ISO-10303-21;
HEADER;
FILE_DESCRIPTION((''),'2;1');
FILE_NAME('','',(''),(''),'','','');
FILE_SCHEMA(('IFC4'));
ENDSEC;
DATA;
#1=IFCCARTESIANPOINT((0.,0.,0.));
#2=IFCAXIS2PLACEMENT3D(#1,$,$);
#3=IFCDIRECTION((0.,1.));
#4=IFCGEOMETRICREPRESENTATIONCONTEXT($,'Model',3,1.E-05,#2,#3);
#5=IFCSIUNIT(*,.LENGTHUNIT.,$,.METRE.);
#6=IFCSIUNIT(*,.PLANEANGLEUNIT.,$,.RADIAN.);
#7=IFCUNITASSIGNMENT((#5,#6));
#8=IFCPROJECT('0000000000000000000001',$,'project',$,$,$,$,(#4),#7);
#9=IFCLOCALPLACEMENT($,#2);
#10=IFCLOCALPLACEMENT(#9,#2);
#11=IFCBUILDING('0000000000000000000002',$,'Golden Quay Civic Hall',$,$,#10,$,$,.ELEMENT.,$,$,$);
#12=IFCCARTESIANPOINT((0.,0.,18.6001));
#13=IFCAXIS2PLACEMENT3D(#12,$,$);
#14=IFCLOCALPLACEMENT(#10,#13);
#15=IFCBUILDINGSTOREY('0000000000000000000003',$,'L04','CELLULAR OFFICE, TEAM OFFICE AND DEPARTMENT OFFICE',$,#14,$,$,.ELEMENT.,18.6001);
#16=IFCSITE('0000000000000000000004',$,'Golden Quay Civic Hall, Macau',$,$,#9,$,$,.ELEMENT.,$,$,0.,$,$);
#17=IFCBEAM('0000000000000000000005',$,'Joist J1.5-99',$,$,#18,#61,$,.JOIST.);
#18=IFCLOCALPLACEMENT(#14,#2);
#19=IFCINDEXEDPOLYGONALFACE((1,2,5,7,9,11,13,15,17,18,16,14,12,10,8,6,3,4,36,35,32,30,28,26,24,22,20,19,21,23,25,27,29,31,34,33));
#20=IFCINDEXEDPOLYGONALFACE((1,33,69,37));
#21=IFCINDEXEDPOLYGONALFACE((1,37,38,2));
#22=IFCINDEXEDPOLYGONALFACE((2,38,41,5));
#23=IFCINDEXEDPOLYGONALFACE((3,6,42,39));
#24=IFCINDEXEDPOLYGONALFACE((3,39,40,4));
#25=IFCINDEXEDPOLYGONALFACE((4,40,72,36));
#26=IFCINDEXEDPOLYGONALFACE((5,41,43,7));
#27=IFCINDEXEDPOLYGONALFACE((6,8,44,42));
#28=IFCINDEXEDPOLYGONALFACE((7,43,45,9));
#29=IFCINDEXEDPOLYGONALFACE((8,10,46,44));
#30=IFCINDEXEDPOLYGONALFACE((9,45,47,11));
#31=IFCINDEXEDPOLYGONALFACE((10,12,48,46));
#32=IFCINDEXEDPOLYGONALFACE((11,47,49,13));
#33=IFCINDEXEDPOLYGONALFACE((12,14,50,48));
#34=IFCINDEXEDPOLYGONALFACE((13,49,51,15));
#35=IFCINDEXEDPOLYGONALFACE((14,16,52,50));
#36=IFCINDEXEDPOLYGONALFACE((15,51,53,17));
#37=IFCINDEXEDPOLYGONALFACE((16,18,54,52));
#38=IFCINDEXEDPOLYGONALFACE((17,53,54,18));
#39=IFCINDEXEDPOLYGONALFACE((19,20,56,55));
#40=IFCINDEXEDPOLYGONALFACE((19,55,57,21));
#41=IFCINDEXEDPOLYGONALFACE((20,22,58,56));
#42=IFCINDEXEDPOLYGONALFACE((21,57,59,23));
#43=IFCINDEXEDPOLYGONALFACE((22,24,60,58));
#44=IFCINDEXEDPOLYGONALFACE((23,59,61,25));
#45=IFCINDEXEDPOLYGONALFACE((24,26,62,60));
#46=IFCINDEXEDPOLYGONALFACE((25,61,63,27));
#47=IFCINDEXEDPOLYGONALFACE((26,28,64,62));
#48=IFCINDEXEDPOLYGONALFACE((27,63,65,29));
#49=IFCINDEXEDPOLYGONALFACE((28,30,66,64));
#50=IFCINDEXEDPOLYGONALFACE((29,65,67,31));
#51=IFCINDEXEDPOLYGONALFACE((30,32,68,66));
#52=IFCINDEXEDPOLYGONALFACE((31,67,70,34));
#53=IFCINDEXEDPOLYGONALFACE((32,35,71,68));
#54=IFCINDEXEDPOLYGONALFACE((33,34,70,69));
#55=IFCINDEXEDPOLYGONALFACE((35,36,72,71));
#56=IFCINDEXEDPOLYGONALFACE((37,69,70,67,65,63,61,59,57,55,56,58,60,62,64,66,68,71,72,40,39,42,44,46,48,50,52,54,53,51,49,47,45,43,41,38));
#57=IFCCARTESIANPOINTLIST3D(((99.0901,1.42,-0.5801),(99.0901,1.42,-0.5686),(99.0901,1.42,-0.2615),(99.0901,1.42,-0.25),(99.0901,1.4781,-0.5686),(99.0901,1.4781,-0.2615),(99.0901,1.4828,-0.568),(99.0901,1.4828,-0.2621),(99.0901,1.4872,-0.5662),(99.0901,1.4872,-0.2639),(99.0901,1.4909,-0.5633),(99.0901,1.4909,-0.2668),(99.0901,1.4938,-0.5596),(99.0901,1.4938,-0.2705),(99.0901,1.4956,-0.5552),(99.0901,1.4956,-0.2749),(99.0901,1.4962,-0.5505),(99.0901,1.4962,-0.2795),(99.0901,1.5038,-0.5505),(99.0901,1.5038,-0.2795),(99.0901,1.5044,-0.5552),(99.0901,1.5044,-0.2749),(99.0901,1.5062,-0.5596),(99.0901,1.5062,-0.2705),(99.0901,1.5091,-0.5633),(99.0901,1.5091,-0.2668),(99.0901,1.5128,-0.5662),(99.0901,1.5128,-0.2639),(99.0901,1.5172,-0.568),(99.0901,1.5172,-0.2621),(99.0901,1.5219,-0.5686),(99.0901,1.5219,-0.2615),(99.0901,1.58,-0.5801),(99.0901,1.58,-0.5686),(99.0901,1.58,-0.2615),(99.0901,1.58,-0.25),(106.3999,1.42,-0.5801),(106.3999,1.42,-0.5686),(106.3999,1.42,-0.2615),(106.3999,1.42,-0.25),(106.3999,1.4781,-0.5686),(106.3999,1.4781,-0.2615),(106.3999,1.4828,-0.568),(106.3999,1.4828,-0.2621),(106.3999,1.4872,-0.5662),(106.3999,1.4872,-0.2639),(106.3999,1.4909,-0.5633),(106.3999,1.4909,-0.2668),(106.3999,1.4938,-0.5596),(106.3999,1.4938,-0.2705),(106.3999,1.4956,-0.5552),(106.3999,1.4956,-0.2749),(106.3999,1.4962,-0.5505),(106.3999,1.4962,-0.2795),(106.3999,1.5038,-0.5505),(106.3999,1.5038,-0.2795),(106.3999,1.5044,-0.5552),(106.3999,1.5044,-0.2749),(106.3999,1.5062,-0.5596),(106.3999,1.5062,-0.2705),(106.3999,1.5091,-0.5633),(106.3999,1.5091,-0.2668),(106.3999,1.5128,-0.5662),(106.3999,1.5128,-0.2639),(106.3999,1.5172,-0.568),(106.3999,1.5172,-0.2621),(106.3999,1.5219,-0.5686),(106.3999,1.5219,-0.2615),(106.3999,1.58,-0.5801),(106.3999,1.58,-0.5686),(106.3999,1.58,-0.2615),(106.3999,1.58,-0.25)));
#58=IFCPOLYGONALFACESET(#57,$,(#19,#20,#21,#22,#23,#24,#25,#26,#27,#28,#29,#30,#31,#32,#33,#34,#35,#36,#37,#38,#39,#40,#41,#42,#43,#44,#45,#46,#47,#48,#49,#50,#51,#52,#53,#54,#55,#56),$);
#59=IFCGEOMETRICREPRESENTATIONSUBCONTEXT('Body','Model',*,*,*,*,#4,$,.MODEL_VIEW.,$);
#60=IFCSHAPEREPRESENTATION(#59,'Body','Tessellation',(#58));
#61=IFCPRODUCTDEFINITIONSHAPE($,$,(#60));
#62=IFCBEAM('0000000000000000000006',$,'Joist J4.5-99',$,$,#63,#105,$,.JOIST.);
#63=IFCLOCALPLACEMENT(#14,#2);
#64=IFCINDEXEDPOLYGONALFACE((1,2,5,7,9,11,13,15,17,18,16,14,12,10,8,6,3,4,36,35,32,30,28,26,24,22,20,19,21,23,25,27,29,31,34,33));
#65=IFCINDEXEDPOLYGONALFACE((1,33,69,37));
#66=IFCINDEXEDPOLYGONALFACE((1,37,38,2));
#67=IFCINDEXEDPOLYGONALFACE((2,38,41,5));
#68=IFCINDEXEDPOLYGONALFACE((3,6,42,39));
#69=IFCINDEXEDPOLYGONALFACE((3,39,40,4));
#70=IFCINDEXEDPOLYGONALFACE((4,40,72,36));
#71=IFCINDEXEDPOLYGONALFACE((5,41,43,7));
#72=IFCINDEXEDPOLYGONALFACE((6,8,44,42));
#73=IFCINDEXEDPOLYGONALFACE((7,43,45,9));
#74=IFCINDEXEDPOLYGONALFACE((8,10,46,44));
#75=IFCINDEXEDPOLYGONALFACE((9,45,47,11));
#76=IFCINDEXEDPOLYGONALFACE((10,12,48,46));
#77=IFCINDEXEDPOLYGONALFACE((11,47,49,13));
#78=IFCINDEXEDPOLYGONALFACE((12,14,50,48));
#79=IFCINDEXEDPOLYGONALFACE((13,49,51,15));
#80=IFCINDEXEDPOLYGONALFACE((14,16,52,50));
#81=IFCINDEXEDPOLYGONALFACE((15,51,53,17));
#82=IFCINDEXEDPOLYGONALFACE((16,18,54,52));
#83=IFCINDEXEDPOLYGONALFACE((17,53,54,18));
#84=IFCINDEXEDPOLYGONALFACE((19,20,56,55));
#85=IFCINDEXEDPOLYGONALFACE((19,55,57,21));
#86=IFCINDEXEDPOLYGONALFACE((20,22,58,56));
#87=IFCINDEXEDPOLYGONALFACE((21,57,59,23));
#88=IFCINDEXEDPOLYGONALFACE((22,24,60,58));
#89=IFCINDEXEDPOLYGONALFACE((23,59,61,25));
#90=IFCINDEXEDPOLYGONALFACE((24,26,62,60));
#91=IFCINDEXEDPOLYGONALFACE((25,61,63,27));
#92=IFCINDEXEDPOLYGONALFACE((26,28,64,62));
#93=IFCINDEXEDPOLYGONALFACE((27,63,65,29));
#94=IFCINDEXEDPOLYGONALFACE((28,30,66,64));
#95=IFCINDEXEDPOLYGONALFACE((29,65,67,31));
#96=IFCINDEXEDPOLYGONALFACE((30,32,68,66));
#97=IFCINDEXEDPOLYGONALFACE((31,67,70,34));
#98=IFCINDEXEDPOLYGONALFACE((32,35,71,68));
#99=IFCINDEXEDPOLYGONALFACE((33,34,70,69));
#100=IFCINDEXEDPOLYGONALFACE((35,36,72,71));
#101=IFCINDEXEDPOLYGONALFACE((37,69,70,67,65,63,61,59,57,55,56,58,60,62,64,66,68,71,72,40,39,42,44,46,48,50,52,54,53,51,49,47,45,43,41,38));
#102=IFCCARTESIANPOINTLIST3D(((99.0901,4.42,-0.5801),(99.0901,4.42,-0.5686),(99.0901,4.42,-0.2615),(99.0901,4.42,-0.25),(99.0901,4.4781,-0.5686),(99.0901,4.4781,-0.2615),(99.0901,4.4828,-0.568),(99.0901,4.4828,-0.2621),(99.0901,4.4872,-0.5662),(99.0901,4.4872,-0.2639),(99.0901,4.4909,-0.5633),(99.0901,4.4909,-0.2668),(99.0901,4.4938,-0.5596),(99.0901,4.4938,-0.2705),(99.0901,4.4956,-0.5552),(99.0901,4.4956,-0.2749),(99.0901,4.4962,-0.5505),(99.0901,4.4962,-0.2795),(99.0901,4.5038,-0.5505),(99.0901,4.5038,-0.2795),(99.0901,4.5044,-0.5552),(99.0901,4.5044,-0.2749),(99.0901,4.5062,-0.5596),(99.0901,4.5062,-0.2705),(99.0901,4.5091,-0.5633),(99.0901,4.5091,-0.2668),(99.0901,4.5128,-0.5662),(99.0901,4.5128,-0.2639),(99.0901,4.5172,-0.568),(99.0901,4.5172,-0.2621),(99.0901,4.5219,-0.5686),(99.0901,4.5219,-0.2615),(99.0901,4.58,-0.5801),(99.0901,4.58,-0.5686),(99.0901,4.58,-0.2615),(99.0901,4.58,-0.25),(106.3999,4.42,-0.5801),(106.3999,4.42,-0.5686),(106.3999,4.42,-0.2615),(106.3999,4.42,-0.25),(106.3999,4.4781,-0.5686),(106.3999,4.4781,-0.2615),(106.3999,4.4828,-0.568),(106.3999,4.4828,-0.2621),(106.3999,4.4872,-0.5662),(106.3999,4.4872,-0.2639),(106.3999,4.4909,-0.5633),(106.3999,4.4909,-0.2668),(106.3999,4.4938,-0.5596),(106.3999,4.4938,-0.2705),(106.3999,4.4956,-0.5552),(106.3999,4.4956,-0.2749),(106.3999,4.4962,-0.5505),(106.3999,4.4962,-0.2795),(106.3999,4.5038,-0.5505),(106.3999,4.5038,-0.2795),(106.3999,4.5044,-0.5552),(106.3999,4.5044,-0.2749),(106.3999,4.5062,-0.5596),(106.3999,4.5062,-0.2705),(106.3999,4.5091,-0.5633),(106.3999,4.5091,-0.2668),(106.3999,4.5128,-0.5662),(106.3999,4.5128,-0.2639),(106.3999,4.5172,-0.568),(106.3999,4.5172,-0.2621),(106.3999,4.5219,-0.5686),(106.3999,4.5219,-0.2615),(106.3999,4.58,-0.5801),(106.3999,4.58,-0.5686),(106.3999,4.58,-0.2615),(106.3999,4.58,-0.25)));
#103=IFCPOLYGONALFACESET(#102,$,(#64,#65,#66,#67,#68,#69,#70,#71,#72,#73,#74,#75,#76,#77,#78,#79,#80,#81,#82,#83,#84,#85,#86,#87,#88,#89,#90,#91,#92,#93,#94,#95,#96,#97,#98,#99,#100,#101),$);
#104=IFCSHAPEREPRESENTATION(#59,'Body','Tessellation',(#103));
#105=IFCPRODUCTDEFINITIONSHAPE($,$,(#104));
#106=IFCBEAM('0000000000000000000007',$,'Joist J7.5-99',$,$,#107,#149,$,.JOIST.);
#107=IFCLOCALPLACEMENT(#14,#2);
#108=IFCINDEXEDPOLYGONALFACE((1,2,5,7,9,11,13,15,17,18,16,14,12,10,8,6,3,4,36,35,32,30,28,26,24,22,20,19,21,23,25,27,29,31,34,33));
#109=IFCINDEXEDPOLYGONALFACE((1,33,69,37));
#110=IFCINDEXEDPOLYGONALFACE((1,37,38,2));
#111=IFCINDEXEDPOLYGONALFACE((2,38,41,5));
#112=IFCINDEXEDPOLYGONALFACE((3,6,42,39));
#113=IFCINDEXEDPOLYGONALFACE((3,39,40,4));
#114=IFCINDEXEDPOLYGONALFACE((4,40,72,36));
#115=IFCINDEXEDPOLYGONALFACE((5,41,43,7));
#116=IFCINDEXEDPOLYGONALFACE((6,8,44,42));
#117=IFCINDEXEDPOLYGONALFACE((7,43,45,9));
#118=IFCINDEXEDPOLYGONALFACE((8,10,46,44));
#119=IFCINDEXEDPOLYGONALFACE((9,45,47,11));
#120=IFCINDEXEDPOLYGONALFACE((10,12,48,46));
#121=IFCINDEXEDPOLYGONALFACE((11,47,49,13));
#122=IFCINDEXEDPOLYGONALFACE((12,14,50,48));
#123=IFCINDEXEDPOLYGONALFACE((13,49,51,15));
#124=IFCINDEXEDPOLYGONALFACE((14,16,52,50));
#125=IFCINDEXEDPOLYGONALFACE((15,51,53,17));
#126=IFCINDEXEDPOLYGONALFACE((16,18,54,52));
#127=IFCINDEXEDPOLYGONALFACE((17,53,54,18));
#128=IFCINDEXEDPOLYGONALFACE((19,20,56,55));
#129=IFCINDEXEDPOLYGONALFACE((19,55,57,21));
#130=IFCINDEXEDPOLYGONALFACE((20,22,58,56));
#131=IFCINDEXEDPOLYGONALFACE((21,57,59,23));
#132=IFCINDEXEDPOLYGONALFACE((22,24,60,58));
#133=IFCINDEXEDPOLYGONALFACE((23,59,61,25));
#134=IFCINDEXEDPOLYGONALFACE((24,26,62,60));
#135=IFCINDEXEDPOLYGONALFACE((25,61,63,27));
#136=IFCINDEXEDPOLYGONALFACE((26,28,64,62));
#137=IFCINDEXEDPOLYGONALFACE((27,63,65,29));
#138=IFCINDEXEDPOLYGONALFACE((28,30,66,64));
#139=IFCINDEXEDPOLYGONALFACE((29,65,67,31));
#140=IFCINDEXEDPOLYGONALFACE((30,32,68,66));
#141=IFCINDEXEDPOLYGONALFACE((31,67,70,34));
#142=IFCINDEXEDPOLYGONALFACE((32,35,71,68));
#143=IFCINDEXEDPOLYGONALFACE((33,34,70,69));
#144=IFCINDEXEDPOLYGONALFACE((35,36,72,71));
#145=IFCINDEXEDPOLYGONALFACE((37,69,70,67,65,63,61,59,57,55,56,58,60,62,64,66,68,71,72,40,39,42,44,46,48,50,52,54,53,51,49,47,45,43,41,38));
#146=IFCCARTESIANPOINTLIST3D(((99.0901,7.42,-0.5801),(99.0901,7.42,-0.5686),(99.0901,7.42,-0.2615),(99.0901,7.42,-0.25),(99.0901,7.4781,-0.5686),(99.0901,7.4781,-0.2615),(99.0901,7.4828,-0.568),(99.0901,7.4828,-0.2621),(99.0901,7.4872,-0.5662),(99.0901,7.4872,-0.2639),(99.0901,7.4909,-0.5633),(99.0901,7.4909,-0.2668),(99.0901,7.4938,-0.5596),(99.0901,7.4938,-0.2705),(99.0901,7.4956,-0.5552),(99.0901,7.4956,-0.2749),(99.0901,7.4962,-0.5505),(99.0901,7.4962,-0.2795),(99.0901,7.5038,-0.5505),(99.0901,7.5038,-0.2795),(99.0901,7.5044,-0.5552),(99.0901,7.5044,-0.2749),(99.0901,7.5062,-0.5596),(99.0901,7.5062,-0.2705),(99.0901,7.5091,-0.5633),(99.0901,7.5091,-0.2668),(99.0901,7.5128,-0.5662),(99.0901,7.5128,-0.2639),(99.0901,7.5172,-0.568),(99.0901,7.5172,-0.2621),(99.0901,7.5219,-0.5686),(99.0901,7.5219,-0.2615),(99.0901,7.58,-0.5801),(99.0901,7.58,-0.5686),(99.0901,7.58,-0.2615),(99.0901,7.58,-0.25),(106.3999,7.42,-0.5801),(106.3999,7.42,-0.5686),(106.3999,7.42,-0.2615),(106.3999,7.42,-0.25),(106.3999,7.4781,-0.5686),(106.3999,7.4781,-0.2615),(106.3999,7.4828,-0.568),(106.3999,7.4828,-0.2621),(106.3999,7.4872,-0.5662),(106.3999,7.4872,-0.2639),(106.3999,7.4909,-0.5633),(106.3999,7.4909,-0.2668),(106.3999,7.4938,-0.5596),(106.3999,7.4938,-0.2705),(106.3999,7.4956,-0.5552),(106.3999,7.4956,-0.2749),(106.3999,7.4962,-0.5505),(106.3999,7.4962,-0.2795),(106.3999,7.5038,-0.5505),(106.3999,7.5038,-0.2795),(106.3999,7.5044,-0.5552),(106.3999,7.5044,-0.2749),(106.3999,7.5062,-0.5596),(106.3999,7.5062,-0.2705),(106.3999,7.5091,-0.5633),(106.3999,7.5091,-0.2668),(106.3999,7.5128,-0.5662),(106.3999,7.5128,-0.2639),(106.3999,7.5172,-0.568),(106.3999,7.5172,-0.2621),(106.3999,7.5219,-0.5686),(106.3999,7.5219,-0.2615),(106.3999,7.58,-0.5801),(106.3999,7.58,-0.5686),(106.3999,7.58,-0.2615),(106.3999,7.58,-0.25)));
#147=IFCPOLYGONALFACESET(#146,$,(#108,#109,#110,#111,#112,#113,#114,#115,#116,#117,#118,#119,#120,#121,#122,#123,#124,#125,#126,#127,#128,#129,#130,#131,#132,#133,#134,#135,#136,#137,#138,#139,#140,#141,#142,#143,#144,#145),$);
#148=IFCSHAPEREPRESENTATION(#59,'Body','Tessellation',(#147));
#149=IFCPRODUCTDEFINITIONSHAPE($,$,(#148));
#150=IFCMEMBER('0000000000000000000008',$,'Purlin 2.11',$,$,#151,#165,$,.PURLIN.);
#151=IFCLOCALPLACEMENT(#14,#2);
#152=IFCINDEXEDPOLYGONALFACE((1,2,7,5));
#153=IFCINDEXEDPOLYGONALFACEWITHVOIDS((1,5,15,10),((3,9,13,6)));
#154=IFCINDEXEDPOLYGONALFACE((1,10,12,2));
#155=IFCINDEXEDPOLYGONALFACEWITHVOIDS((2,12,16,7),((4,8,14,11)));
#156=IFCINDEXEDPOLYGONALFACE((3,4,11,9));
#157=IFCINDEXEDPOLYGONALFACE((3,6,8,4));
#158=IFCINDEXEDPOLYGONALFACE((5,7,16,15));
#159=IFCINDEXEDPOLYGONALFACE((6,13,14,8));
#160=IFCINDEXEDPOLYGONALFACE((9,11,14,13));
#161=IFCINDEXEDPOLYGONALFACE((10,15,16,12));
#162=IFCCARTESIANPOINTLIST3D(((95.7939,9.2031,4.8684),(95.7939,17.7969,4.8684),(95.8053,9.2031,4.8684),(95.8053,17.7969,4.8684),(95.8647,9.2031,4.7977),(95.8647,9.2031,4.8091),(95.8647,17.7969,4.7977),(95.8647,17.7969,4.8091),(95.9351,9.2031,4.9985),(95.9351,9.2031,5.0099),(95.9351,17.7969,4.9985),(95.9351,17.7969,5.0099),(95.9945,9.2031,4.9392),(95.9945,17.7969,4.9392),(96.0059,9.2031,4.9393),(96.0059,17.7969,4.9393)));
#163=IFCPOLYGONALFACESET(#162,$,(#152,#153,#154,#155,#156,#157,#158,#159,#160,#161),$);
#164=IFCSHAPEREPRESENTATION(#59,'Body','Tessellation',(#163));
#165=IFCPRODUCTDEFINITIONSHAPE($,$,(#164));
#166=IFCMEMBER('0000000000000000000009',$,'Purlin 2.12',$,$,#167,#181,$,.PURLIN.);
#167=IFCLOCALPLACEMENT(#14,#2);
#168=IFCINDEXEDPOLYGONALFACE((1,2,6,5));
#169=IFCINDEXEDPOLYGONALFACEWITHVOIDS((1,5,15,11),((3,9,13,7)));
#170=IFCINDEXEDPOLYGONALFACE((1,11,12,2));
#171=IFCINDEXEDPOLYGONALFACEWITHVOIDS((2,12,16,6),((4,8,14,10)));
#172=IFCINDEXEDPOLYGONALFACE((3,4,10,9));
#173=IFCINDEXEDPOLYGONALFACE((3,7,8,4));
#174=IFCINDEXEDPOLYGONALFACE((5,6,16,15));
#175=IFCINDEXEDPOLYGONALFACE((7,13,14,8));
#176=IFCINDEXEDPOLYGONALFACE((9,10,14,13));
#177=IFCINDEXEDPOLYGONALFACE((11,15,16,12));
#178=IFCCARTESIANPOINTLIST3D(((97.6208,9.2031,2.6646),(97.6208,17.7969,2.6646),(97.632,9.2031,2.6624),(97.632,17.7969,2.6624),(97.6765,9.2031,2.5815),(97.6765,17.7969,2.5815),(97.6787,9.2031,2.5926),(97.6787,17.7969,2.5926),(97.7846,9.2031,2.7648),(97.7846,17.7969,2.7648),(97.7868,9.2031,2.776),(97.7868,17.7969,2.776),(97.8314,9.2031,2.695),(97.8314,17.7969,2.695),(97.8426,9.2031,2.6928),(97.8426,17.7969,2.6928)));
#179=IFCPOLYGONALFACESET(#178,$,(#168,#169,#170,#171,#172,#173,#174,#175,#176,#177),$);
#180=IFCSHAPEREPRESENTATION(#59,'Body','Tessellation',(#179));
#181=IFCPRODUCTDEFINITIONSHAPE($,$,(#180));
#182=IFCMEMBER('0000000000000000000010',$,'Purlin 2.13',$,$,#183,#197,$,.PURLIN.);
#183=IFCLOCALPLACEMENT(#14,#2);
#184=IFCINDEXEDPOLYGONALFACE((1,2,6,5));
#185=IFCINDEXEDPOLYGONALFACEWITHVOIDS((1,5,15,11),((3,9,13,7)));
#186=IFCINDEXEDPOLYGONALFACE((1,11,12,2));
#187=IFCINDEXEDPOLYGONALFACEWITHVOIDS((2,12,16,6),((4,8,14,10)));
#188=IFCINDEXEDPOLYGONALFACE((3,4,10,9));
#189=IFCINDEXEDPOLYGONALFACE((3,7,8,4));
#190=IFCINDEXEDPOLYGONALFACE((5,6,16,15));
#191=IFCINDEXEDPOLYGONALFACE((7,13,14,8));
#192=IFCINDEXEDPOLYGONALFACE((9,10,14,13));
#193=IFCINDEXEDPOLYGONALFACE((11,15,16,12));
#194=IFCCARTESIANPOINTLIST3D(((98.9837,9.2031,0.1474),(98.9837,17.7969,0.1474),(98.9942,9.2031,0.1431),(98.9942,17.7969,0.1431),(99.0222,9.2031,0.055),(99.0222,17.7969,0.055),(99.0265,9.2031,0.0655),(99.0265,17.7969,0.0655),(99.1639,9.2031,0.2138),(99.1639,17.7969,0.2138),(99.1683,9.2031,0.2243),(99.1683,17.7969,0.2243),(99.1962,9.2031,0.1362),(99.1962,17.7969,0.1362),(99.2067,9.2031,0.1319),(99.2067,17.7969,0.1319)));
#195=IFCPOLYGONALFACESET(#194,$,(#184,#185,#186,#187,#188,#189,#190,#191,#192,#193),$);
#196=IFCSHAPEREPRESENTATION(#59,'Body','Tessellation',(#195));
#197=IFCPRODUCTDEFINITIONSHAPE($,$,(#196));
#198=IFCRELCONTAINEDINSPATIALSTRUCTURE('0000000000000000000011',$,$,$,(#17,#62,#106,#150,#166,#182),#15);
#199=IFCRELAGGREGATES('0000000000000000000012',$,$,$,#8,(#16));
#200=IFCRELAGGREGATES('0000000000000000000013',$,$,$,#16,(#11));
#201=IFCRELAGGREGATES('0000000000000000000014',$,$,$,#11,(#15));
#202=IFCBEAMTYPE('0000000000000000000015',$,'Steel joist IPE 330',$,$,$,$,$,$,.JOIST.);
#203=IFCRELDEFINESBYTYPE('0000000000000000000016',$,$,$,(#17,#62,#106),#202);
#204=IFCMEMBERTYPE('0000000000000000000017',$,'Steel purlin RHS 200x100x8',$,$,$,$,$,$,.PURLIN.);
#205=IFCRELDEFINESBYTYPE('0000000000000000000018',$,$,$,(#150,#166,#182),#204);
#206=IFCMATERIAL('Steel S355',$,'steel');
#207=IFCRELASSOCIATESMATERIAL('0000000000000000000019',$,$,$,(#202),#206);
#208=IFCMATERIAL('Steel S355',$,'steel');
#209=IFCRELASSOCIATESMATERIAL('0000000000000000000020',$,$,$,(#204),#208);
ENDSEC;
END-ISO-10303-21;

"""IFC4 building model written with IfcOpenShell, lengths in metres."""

from ifc_helpers import new_model, si_unit, direction, frame, origin, origin_2d, place, context, subcontext, project, spatial, hollow_rectangle, i_section, extrude, material, material_profile, profile_set, type_object, element, save


model = new_model("IFC4")

# Units and contexts
model_context = context("Model", 3, precision=1e-05, world=origin(), true_north=direction((0.0, 1.0)))
body_context = subcontext(model_context, "Body", "Model", "MODEL_VIEW")
ifc_project = project(units=[si_unit("LENGTHUNIT", "METRE"), si_unit("PLANEANGLEUNIT", "RADIAN")], contexts=[model_context])

# Site, building, storey
site_placement = place(None, origin())
site = spatial("IfcSite", under=ifc_project, at=site_placement, Name="Golden Quay Civic Hall, Macau", CompositionType="ELEMENT", RefElevation=0.0)
building_placement = place(site_placement, origin())
building = spatial("IfcBuilding", under=site, at=building_placement, Name="Golden Quay Civic Hall", CompositionType="ELEMENT")
storey_placement = place(building_placement, frame((0.0, 0.0, 18.6001)))
storey = spatial("IfcBuildingStorey", under=building, at=storey_placement, Name="L04", Description="CELLULAR OFFICE, TEAM OFFICE AND DEPARTMENT OFFICE", CompositionType="ELEMENT", Elevation=18.6001)

# Beams
ifc_material_1 = material(Name="Steel S355", Category="steel")
ifc_material_profile_1 = material_profile(ifc_material_1, i_section(OverallWidth=0.1599, OverallDepth=0.3301, WebThickness=0.0076, FlangeThickness=0.0115, FilletRadius=0.0181, at=origin_2d()), Name="IPE 330")
ifc_profile_set_1 = profile_set([ifc_material_profile_1], Name="Steel S355")
beam_type_1 = type_object("IfcBeamType", Name="Steel joist IPE 330", PredefinedType="JOIST", material=ifc_profile_set_1)
for number, where, z_axis, x_axis, name in (
    (1, (99.0901, 1.5, -0.415), (1.0, 0.0, 0.0), (0.0, 1.0, 0.0), "Joist J1.5-99"),
    (2, (99.0901, 4.5, -0.415), (1.0, 0.0, 0.0), (0.0, 1.0, 0.0), "Joist J4.5-99"),
    (3, (99.0901, 7.5, -0.415), (1.0, 0.0, 0.0), (0.0, 1.0, 0.0), "Joist J7.5-99"),
):
    element("IfcBeam", number, at=place(storey_placement, frame(where, z_axis=z_axis, x_axis=x_axis)), inside=storey, type_object=beam_type_1, Name=name, PredefinedType="JOIST", context=body_context, shape_type="SweptSolid", body=[
        extrude(i_section(OverallWidth=0.1599, OverallDepth=0.3301, WebThickness=0.0076, FlangeThickness=0.0115, FilletRadius=0.0181, at=origin_2d()), origin(), (0.0, 0.0, 1.0), 7.3098),
    ])

# Members
ifc_material_2 = material(Name="Steel S355", Category="steel")
ifc_material_profile_2 = material_profile(ifc_material_2, hollow_rectangle(XDim=0.1001, YDim=0.2, WallThickness=0.0081, at=origin_2d()), Name="RHS 200x100x8")
ifc_profile_set_2 = profile_set([ifc_material_profile_2], Name="Steel S355")
member_type_1 = type_object("IfcMemberType", Name="Steel purlin RHS 200x100x8", PredefinedType="PURLIN", material=ifc_profile_set_2)
for number, where, z_axis, x_axis, name in (
    (4, (95.8999, 9.2031, 4.9038), (0.0, 1.0, 0.0), (-0.708092, 0.0, 0.70612), "Purlin 2.11"),
    (5, (97.7317, 9.2031, 2.6787), (0.0, 1.0, 0.0), (-0.557019, 0.0, 0.8305), "Purlin 2.12"),
    (6, (99.0952, 9.2031, 0.1396), (0.0, 1.0, 0.0), (-0.384615, 0.0, 0.923077), "Purlin 2.13"),
):
    element("IfcMember", number, at=place(storey_placement, frame(where, z_axis=z_axis, x_axis=x_axis)), inside=storey, type_object=member_type_1, Name=name, PredefinedType="PURLIN", context=body_context, shape_type="SweptSolid", body=[
        extrude(hollow_rectangle(XDim=0.1001, YDim=0.2, WallThickness=0.0081, at=origin_2d()), origin(), (0.0, 0.0, 1.0), 8.5938),
    ])

save(model, "model.ifc")
